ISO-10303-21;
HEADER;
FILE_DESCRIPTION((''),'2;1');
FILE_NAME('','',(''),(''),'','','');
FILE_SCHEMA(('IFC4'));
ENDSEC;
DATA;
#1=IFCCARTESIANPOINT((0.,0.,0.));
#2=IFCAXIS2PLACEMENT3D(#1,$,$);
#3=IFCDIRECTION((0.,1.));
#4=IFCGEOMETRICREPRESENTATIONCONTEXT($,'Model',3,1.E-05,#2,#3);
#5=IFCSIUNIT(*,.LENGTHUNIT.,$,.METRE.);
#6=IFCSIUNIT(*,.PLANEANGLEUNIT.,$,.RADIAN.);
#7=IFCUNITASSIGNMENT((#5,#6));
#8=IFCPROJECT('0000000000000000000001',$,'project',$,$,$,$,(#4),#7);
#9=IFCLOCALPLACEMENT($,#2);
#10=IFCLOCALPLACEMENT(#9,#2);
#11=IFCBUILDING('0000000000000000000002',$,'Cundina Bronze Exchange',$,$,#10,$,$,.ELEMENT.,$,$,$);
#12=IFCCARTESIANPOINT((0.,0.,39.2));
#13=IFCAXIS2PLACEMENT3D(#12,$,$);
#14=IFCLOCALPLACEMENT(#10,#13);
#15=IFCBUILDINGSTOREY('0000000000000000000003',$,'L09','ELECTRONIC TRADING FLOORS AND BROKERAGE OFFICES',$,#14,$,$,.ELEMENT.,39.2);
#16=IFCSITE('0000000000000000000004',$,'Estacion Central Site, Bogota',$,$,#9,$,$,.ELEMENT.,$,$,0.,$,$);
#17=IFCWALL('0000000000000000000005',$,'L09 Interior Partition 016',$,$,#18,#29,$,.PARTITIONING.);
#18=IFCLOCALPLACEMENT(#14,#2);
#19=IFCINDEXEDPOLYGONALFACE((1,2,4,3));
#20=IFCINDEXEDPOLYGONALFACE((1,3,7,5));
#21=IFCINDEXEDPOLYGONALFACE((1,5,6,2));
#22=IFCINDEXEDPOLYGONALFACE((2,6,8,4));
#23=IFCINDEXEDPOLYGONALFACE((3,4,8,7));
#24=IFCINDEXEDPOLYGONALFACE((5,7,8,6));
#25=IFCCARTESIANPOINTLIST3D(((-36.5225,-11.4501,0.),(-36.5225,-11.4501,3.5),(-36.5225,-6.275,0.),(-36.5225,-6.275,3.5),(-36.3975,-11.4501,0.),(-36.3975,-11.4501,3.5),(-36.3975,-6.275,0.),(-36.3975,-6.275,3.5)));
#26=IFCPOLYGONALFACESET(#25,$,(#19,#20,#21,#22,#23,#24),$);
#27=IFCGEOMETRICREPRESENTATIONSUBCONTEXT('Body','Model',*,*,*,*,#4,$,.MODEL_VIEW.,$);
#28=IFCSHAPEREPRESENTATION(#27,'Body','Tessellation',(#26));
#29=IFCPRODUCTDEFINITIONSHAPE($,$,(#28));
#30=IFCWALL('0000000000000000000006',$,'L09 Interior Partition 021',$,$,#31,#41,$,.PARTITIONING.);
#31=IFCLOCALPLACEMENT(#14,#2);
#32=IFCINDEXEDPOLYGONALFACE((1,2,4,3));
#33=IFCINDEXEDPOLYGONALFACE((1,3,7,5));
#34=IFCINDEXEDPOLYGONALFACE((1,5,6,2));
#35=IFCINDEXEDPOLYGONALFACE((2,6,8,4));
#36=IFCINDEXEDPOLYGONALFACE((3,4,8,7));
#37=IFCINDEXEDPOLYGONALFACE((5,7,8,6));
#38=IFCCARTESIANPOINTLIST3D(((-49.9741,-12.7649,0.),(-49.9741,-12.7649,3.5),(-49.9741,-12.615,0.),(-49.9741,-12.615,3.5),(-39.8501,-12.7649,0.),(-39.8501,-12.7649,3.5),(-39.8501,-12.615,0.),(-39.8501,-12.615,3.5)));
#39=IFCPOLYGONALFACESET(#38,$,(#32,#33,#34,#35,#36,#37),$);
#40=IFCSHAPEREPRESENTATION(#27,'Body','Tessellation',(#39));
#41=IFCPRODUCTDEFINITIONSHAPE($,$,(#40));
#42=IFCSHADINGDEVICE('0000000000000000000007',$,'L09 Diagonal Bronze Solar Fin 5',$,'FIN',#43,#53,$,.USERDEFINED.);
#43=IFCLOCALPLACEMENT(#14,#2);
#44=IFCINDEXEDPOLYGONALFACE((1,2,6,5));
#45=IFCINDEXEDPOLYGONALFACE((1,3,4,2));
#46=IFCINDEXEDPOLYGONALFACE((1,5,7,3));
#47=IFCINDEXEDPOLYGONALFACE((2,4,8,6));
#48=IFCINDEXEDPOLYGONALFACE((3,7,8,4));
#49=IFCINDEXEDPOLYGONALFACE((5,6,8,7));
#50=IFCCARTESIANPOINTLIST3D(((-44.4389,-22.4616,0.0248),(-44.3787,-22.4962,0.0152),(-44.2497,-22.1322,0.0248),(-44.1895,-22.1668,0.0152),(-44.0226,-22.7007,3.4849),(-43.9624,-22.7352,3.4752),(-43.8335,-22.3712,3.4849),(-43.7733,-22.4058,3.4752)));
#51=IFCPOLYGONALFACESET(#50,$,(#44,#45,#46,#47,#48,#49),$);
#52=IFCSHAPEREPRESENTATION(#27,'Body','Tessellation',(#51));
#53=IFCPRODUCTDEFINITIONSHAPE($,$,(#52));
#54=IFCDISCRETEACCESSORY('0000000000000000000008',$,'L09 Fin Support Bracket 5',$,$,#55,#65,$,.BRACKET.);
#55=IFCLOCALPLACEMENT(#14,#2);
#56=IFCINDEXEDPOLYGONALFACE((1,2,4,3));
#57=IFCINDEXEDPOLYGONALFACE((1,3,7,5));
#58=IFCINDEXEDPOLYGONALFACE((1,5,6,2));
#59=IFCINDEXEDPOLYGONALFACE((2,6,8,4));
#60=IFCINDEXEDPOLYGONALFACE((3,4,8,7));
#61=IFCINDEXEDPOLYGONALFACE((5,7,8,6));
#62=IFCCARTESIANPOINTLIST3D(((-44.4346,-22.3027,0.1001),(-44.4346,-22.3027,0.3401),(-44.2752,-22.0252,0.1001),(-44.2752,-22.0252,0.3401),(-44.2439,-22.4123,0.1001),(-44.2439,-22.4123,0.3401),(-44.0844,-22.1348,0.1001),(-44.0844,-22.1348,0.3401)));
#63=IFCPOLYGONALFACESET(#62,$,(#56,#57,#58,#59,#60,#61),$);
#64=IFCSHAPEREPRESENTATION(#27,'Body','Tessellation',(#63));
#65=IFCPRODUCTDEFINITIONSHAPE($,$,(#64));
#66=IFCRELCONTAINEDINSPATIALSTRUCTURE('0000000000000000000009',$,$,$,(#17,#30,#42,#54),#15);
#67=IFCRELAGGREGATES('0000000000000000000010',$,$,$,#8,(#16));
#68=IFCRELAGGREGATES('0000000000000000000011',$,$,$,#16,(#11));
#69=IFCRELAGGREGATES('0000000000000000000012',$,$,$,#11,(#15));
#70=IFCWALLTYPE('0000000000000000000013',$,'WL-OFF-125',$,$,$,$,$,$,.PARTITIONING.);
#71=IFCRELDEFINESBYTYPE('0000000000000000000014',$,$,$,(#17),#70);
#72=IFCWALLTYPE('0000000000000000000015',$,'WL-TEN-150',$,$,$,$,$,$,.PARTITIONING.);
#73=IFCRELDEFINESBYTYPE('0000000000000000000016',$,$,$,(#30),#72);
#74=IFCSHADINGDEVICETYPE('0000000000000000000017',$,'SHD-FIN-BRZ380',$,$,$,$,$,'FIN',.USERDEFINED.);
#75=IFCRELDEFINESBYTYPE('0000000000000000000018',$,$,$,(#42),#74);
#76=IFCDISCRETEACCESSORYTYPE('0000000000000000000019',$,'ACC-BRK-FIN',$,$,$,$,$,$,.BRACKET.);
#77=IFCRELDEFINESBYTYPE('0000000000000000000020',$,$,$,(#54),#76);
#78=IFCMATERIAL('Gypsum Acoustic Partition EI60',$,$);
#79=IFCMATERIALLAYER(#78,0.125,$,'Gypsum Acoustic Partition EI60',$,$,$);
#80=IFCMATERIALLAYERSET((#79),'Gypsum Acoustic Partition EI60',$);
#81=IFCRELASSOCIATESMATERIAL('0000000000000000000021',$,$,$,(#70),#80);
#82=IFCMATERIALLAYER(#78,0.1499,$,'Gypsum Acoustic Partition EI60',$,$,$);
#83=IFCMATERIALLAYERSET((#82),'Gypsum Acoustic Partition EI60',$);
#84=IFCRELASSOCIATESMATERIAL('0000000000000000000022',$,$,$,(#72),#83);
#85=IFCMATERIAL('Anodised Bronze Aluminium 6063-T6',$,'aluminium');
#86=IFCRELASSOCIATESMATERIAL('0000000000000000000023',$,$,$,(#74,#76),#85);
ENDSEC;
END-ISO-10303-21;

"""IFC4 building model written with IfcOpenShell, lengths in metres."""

from ifc_helpers import new_model, si_unit, direction, frame, frame_2d, origin, origin_2d, place, context, subcontext, project, spatial, rectangle, extrude, material, layer, layer_set, material_profile, profile_set, type_object, element, save


model = new_model("IFC4")

# Units and contexts
model_context = context("Model", 3, precision=1e-05, world=origin(), true_north=direction((0.0, 1.0)))
body_context = subcontext(model_context, "Body", "Model", "MODEL_VIEW")
ifc_project = project(units=[si_unit("LENGTHUNIT", "METRE"), si_unit("PLANEANGLEUNIT", "RADIAN")], contexts=[model_context])

# Site, building, storey
site_placement = place(None, origin())
site = spatial("IfcSite", under=ifc_project, at=site_placement, Name="Estacion Central Site, Bogota", CompositionType="ELEMENT", RefElevation=0.0)
building_placement = place(site_placement, origin())
building = spatial("IfcBuilding", under=site, at=building_placement, Name="Cundina Bronze Exchange", CompositionType="ELEMENT")
storey_placement = place(building_placement, frame((0.0, 0.0, 39.2)))
storey = spatial("IfcBuildingStorey", under=building, at=storey_placement, Name="L09", Description="ELECTRONIC TRADING FLOORS AND BROKERAGE OFFICES", CompositionType="ELEMENT", Elevation=39.2)

# Shared definitions
ifc_material_1 = material(Name="Anodised Bronze Aluminium 6063-T6", Category="aluminium")

# Walls
ifc_material_2 = material(Name="Gypsum Acoustic Partition EI60")
ifc_layer_1 = layer(ifc_material_2, 0.125, Name="Gypsum Acoustic Partition EI60")
ifc_layer_set_1 = layer_set([ifc_layer_1], Name="Gypsum Acoustic Partition EI60")
wall_type_1 = type_object("IfcWallType", Name="WL-OFF-125", PredefinedType="PARTITIONING", material=ifc_layer_set_1)
wall_1_placement = place(storey_placement, frame((-36.46, -11.45, 0.0), z_axis=(0.0, 0.0, 1.0), x_axis=(0.0, 1.0, 0.0)))
element("IfcWall", 1, at=wall_1_placement, inside=storey, type_object=wall_type_1, Name="L09 Interior Partition 016", PredefinedType="PARTITIONING", context=body_context, shape_type="SweptSolid", body=[
    extrude(rectangle(XDim=5.175, YDim=0.125, at=frame_2d((2.5874, 0.0))), origin(), (0.0, 0.0, 1.0), 3.5),
])
ifc_layer_2 = layer(ifc_material_2, 0.1499, Name="Gypsum Acoustic Partition EI60")
ifc_layer_set_2 = layer_set([ifc_layer_2], Name="Gypsum Acoustic Partition EI60")
wall_type_2 = type_object("IfcWallType", Name="WL-TEN-150", PredefinedType="PARTITIONING", material=ifc_layer_set_2)
wall_2_placement = place(storey_placement, frame((-49.9741, -12.6899, 0.0), z_axis=(0.0, 0.0, 1.0), x_axis=(1.0, 0.0, 0.0)))
element("IfcWall", 2, at=wall_2_placement, inside=storey, type_object=wall_type_2, Name="L09 Interior Partition 021", PredefinedType="PARTITIONING", context=body_context, shape_type="SweptSolid", body=[
    extrude(rectangle(XDim=10.124, YDim=0.1499, at=frame_2d((5.062, 0.0))), origin(), (0.0, 0.0, 1.0), 3.5),
])

# Shading device
ifc_material_profile_1 = material_profile(ifc_material_1, rectangle(XDim=0.0701, YDim=0.3799, at=origin_2d()), Name="FIN70X380", Category="aluminium")
ifc_profile_set_1 = profile_set([ifc_material_profile_1], Name="Anodised Bronze Aluminium 6063-T6")
shading_device_type = type_object("IfcShadingDeviceType", Name="SHD-FIN-BRZ380", ElementType="FIN", PredefinedType="USERDEFINED", material=ifc_profile_set_1)
shading_device_placement = place(storey_placement, frame((-44.3142, -22.3142, 0.02), z_axis=(0.119166, -0.068425, 0.990514), x_axis=(-0.858982, 0.493222, 0.137414)))
element("IfcShadingDevice", 3, at=shading_device_placement, inside=storey, type_object=shading_device_type, Name="L09 Diagonal Bronze Solar Fin 5", ObjectType="FIN", PredefinedType="USERDEFINED", context=body_context, shape_type="SweptSolid", body=[
    extrude(rectangle(XDim=0.0701, YDim=0.3799, at=origin_2d()), origin(), (0.0, 0.0, 1.0), 3.4932),
])

# Discrete accessory
discrete_accessory_type = type_object("IfcDiscreteAccessoryType", Name="ACC-BRK-FIN", PredefinedType="BRACKET", material=ifc_material_1)
discrete_accessory_placement = place(storey_placement, frame((-44.2595, -22.2188, 0.1001), z_axis=(0.0, 0.0, 1.0), x_axis=(0.867105, -0.498125, 0.0)))
element("IfcDiscreteAccessory", 4, at=discrete_accessory_placement, inside=storey, type_object=discrete_accessory_type, Name="L09 Fin Support Bracket 5", PredefinedType="BRACKET", context=body_context, shape_type="SweptSolid", body=[
    extrude(rectangle(XDim=0.22, YDim=0.3201, at=origin_2d()), origin(), (0.0, 0.0, 1.0), 0.24),
])

save(model, "model.ifc")
